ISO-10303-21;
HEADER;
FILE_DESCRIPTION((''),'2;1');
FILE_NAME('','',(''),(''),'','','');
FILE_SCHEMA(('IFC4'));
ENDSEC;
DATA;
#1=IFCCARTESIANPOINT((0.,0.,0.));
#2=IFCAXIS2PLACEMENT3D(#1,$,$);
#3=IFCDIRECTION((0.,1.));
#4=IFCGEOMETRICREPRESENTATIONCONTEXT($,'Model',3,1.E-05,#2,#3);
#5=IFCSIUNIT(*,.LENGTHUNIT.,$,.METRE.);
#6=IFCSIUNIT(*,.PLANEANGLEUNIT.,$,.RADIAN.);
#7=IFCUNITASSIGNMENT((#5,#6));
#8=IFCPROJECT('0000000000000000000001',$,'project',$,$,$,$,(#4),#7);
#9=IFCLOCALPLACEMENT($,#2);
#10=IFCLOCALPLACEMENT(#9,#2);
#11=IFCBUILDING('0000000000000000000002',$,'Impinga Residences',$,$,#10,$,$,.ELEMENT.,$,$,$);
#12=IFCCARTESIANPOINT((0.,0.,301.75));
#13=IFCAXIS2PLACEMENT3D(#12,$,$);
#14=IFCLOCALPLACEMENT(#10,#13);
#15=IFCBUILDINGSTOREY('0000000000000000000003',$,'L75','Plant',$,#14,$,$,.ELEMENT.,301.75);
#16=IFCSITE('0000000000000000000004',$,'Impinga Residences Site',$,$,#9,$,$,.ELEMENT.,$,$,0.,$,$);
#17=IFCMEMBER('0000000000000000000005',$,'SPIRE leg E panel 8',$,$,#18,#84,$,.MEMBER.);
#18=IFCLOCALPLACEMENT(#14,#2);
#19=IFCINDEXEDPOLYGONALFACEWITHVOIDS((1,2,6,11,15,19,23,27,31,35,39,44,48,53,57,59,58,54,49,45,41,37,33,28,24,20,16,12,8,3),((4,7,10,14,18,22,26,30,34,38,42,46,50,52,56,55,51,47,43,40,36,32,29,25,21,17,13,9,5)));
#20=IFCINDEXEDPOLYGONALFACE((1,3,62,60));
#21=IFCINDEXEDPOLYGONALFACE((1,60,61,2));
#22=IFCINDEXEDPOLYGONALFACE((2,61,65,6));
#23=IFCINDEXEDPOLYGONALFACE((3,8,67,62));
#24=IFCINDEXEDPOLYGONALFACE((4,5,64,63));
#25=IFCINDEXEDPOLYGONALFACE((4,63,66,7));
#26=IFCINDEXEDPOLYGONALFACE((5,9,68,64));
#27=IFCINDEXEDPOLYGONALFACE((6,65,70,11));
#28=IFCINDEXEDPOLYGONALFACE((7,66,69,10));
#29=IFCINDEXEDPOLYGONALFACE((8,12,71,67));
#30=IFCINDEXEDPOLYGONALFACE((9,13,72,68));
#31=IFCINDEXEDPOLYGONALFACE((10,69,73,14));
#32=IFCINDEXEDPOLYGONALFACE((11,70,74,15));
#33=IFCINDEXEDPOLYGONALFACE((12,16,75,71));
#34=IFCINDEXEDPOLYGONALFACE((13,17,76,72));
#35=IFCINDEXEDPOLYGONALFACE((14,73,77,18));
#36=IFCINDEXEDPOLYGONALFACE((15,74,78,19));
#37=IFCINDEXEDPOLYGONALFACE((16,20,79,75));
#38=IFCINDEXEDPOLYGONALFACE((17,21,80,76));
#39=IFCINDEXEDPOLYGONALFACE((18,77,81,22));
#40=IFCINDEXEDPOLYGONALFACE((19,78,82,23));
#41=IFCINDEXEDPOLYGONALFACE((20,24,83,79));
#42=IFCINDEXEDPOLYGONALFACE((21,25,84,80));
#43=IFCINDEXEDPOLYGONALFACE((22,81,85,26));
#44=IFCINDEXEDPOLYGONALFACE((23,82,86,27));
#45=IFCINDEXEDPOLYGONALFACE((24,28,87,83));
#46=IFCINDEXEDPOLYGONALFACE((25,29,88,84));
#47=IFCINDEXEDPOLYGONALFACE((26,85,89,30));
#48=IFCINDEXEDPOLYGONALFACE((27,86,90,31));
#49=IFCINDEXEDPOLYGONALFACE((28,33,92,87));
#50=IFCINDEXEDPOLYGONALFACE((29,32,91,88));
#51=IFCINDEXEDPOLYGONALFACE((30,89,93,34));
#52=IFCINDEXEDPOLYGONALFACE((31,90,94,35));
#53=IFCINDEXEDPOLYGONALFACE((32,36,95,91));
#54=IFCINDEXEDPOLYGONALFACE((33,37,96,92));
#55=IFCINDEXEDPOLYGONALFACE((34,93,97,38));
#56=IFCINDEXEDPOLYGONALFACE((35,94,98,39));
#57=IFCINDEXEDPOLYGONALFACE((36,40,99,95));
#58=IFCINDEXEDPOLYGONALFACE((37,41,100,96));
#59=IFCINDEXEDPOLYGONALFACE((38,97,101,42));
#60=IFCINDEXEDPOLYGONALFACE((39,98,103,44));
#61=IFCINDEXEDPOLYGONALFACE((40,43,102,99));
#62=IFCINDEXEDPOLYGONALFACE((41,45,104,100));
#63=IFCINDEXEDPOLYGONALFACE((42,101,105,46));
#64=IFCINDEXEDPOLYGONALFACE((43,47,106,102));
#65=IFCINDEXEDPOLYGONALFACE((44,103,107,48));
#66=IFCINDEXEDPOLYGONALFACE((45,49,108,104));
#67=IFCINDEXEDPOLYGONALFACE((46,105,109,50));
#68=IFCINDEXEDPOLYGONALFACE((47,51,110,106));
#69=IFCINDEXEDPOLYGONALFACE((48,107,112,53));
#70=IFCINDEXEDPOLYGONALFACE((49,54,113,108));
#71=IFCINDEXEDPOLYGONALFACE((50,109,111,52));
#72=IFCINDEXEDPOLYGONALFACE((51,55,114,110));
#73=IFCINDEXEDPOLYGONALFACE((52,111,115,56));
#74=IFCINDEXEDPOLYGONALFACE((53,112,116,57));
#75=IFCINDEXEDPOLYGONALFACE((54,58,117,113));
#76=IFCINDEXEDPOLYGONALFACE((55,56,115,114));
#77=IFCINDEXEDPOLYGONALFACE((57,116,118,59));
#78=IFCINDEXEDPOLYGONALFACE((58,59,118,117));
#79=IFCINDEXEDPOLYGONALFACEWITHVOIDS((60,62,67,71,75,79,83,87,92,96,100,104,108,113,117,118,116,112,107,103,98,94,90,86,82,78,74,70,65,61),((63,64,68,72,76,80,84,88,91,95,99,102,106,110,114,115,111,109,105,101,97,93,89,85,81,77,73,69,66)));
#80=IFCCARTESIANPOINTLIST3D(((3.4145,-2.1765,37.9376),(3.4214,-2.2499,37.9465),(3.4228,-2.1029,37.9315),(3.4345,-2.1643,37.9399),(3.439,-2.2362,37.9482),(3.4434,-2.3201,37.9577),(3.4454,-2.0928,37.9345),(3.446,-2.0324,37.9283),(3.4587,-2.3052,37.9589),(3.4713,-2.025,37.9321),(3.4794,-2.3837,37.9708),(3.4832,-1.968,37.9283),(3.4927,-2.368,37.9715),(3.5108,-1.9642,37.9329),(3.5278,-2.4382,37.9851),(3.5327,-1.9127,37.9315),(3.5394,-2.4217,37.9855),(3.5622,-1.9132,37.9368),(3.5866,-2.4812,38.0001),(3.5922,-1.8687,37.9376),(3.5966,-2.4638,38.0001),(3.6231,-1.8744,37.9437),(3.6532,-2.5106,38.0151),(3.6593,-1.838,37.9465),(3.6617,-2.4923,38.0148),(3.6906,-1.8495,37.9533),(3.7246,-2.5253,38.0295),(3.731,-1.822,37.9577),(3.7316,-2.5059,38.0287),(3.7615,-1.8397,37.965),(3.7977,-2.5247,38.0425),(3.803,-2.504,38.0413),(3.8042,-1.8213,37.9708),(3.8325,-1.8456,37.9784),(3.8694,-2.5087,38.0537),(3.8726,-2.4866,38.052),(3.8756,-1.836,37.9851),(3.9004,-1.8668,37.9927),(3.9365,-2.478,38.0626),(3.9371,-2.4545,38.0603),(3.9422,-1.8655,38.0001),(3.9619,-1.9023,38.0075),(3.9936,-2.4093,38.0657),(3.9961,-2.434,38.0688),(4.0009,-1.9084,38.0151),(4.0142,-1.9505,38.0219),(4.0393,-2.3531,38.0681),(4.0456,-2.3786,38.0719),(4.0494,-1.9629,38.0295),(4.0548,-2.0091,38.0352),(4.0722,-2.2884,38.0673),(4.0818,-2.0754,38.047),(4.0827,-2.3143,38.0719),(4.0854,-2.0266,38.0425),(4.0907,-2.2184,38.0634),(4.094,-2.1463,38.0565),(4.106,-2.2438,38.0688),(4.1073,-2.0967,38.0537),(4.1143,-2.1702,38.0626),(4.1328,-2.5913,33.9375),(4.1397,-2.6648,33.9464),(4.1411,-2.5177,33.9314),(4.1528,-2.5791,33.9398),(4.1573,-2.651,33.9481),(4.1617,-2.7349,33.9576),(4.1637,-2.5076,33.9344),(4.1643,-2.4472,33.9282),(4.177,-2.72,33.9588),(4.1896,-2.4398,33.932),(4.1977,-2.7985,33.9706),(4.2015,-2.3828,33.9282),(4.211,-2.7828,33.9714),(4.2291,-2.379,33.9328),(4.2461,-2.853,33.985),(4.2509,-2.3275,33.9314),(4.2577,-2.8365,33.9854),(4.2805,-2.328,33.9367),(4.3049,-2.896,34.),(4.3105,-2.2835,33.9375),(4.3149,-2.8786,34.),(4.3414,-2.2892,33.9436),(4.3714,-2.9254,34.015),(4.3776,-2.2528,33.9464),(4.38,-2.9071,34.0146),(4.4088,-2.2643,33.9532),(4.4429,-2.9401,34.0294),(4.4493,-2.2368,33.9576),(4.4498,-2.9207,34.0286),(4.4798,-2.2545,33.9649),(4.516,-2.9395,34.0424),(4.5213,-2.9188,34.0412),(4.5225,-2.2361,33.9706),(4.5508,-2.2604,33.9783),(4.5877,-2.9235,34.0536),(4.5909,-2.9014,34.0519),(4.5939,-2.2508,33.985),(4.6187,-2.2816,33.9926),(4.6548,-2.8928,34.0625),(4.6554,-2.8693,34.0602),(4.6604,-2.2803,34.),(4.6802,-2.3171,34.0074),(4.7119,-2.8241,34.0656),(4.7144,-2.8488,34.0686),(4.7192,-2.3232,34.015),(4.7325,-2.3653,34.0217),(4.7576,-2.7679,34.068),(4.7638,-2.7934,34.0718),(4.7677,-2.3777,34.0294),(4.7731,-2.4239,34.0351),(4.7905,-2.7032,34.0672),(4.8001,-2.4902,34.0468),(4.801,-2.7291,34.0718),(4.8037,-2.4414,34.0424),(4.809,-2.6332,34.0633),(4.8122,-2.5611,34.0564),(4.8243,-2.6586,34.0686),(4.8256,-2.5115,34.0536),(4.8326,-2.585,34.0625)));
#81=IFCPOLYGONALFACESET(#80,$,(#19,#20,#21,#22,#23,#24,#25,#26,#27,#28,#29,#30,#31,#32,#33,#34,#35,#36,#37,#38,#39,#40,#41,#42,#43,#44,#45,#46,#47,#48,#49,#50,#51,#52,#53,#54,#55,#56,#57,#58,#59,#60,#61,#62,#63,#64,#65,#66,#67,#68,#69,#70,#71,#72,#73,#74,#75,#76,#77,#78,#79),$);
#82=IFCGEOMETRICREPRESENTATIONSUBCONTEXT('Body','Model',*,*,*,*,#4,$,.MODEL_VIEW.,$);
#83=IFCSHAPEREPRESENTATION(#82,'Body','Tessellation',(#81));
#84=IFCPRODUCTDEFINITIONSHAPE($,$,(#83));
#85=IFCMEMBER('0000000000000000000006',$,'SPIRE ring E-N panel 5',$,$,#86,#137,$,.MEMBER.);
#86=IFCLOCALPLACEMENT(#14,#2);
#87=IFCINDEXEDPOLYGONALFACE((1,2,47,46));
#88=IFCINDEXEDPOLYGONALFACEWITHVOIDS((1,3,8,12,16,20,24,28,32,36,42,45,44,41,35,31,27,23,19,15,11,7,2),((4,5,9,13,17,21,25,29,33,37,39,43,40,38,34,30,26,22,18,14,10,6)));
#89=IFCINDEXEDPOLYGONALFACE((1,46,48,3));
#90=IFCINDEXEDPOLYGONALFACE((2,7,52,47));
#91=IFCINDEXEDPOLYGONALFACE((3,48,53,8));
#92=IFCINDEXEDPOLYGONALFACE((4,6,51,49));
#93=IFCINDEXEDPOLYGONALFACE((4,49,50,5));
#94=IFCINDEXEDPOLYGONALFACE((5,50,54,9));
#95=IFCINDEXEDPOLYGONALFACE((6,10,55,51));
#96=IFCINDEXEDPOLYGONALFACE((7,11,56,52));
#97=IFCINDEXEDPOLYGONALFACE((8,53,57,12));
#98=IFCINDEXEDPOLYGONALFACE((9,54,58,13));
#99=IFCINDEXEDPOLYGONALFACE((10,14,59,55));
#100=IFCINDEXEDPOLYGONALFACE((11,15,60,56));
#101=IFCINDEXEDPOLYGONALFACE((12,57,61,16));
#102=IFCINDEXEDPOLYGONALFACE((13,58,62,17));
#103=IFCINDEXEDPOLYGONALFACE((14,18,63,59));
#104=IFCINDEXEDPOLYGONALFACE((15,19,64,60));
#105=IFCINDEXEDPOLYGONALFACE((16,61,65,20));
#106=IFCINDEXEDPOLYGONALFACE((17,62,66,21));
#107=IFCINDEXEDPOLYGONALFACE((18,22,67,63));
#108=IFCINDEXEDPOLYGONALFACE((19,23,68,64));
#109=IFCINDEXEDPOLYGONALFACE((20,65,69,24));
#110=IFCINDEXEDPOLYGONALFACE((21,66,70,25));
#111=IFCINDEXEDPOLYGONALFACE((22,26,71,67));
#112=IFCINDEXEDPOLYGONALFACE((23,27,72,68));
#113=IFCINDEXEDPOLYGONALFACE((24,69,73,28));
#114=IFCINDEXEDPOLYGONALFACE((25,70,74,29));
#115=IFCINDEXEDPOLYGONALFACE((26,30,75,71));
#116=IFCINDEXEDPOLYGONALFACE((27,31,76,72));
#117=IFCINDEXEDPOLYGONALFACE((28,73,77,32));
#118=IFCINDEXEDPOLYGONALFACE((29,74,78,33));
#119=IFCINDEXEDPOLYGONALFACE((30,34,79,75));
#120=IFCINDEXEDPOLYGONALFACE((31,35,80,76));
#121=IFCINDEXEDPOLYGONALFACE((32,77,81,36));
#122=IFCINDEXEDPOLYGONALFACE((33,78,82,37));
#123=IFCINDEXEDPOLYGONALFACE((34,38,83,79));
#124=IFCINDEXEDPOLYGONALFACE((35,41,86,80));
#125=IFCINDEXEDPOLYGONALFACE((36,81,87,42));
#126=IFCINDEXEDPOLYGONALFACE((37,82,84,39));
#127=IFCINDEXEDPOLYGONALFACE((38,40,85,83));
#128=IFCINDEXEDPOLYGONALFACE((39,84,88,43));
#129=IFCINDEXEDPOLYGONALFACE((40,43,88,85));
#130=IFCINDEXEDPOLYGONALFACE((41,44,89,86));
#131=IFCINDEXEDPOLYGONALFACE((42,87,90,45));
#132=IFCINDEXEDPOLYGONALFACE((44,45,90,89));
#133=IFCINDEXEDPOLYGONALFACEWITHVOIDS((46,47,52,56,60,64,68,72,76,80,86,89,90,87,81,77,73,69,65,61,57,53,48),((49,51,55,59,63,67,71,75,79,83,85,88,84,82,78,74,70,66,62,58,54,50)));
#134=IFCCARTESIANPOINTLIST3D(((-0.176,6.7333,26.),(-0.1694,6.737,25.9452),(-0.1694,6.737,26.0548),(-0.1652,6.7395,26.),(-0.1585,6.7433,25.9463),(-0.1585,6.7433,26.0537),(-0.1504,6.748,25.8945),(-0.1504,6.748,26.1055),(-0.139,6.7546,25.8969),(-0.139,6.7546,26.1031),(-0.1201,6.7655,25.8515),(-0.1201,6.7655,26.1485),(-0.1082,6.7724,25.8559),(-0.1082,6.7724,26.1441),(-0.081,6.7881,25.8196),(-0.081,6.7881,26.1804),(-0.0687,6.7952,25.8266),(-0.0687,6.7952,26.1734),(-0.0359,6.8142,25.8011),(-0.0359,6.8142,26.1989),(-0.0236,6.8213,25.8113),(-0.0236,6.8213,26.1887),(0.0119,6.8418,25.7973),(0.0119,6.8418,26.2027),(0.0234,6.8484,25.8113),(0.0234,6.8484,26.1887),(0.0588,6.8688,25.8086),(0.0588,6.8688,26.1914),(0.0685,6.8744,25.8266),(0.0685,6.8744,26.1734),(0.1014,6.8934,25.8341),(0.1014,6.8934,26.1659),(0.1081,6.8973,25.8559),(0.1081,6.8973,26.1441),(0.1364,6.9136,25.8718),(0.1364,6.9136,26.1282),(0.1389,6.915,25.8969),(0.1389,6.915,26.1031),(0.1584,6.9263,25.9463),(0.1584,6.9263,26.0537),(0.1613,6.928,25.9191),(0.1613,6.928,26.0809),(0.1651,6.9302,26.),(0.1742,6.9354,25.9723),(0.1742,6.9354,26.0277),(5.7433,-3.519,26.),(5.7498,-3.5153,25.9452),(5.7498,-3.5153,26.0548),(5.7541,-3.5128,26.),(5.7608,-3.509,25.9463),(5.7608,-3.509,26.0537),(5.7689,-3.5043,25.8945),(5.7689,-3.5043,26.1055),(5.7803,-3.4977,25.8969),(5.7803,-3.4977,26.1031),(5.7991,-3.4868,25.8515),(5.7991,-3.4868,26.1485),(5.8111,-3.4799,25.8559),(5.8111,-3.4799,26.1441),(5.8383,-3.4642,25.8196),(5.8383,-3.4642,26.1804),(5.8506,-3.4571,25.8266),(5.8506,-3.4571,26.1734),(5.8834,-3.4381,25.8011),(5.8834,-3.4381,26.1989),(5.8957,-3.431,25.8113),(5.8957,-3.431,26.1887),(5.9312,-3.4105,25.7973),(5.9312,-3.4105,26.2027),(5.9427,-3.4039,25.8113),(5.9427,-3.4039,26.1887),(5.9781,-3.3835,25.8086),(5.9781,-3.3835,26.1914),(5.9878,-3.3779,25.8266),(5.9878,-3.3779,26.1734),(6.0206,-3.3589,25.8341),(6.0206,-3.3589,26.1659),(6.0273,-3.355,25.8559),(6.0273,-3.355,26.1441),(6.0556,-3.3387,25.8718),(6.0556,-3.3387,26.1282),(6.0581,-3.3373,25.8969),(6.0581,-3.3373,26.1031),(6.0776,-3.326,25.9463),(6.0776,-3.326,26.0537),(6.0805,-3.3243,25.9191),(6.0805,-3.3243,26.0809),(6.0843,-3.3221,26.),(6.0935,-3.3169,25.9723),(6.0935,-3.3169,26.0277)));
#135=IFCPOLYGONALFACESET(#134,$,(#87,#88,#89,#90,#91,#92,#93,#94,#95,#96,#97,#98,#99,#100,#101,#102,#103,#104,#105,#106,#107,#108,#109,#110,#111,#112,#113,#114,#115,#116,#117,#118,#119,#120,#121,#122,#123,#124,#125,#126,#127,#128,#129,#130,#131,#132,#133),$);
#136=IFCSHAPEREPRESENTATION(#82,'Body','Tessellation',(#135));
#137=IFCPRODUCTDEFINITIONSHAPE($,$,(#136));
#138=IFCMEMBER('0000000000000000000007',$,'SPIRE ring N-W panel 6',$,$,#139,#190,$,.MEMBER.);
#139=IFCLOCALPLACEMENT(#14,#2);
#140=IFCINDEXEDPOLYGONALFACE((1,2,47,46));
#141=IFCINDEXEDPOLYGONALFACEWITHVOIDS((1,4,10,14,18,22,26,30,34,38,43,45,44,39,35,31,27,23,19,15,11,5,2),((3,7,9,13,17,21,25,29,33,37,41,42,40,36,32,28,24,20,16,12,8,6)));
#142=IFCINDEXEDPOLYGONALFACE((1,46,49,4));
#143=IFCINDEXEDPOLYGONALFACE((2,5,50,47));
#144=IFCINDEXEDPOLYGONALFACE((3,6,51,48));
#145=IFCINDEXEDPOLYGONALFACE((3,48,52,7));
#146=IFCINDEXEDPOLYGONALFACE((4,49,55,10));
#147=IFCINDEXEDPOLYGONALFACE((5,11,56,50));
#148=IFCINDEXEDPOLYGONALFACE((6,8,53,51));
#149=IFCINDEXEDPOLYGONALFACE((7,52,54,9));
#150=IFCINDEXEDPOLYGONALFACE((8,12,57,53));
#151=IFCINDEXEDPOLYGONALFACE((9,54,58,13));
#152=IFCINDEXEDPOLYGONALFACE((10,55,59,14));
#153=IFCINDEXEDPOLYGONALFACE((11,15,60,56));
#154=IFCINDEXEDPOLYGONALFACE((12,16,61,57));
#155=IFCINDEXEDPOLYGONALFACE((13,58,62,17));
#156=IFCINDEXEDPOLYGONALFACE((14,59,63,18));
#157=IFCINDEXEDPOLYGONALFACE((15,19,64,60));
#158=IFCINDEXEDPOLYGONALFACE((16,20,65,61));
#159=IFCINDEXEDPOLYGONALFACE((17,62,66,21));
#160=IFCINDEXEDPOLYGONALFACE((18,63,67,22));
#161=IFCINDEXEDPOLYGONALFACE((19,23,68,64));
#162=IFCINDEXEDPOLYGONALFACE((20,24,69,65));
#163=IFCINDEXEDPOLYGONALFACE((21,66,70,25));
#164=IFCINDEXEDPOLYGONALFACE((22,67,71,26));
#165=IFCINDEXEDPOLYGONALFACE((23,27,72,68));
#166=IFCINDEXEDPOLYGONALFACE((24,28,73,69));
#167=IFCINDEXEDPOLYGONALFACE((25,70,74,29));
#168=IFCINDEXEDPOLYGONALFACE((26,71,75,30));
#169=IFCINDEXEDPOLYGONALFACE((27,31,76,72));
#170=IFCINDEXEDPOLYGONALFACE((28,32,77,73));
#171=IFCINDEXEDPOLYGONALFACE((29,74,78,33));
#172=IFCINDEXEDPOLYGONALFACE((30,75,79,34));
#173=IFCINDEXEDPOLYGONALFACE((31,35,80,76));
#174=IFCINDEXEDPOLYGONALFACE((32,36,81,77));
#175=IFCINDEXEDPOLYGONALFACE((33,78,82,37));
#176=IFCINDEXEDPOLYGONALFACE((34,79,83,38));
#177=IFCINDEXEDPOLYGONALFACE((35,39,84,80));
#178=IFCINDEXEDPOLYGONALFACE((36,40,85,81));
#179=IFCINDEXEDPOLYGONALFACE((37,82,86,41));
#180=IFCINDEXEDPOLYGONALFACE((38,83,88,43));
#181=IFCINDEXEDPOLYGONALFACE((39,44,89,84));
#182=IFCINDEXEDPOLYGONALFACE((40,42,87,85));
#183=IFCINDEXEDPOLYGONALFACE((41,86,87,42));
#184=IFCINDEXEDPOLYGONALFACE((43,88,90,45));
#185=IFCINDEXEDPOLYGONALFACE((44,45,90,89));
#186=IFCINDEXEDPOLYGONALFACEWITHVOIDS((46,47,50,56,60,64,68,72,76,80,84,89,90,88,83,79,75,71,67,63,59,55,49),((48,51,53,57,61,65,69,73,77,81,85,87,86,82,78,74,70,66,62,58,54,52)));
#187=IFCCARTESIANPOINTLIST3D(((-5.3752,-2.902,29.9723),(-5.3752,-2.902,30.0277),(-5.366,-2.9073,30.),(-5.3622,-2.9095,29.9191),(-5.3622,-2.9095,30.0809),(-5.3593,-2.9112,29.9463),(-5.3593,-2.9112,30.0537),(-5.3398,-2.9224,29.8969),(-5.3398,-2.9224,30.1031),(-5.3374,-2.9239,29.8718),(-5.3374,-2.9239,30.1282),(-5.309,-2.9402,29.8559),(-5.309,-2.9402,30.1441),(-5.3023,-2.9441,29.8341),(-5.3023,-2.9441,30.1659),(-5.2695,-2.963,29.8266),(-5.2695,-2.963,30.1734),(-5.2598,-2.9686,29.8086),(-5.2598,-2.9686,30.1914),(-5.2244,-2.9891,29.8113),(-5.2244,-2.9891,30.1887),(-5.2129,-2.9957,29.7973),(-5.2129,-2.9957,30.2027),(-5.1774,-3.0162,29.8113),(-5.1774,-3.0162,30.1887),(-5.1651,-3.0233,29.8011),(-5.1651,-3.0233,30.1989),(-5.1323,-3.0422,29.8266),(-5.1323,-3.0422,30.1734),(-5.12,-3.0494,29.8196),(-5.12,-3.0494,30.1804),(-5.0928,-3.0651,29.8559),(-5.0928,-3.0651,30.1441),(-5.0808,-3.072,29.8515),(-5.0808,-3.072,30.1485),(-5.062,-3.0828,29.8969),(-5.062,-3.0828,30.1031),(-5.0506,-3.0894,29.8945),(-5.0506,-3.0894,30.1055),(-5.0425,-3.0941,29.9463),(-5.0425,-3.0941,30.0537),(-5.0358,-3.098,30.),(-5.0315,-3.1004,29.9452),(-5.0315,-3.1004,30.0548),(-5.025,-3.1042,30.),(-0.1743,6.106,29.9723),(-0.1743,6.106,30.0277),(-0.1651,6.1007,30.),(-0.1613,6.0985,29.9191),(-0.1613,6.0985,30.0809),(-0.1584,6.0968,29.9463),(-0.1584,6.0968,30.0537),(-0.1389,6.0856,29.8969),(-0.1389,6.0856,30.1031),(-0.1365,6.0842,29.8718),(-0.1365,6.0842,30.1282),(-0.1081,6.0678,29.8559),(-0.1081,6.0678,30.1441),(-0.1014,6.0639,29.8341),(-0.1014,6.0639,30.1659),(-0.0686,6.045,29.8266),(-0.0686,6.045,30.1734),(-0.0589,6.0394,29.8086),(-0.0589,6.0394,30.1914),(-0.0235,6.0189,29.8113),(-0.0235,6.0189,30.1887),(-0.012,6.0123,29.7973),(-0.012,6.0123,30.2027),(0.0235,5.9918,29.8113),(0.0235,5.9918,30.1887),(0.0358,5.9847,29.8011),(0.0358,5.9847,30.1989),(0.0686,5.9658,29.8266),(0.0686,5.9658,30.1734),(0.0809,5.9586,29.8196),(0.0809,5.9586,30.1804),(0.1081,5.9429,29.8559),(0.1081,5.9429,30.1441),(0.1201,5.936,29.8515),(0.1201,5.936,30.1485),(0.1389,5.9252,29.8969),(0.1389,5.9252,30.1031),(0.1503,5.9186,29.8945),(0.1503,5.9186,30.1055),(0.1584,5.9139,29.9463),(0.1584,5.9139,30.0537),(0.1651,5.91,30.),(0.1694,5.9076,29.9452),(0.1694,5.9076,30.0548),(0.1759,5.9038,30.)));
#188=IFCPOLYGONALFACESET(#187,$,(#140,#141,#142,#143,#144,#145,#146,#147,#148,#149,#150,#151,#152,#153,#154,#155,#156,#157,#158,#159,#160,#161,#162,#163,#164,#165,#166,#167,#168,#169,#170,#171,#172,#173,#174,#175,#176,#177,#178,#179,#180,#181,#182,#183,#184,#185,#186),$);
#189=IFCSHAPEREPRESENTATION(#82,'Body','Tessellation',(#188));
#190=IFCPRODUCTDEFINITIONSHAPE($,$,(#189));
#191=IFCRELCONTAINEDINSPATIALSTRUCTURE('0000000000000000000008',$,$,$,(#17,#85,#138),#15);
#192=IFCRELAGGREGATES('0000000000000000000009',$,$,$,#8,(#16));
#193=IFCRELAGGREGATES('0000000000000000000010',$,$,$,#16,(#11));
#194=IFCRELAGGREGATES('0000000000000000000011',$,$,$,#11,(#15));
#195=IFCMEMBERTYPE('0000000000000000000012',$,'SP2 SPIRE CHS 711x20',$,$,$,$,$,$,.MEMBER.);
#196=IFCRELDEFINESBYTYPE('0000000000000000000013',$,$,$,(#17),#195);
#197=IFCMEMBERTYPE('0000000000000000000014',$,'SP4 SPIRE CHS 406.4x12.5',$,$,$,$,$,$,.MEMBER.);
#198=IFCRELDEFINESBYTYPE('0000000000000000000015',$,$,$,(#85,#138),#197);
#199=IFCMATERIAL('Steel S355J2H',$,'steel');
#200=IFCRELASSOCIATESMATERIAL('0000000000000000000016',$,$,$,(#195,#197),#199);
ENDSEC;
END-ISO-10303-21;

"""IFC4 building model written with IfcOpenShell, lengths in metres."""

from ifc_helpers import new_model, si_unit, direction, frame, origin, origin_2d, place, context, subcontext, project, spatial, hollow_circle, extrude, material, material_profile, profile_set, type_object, element, save


model = new_model("IFC4")

# Units and contexts
model_context = context("Model", 3, precision=1e-05, world=origin(), true_north=direction((0.0, 1.0)))
body_context = subcontext(model_context, "Body", "Model", "MODEL_VIEW")
ifc_project = project(units=[si_unit("LENGTHUNIT", "METRE"), si_unit("PLANEANGLEUNIT", "RADIAN")], contexts=[model_context])

# Site, building, storey
site_placement = place(None, origin())
site = spatial("IfcSite", under=ifc_project, at=site_placement, Name="Impinga Residences Site", CompositionType="ELEMENT", RefElevation=0.0)
building_placement = place(site_placement, origin())
building = spatial("IfcBuilding", under=site, at=building_placement, Name="Impinga Residences", CompositionType="ELEMENT")
storey_placement = place(building_placement, frame((0.0, 0.0, 301.75)))
storey = spatial("IfcBuildingStorey", under=building, at=storey_placement, Name="L75", Description="Plant", CompositionType="ELEMENT", Elevation=301.75)

# Members
ifc_material = material(Name="Steel S355J2H", Category="steel")
ifc_material_profile_1 = material_profile(ifc_material, hollow_circle(Radius=0.3555, WallThickness=0.02, at=origin_2d()), Name="CHS 711x20")
ifc_profile_set_1 = profile_set([ifc_material_profile_1], Name="Steel S355J2H")
member_type_1 = type_object("IfcMemberType", Name="SP2 SPIRE CHS 711x20", PredefinedType="MEMBER", material=ifc_profile_set_1)
for number, where, z_axis, x_axis, name in (
    (1, (4.4827, -2.5881, 34.0), (-0.175825, 0.101539, 0.979171), (-0.500096, -0.86597, 0.0), "SPIRE leg E panel 8"),
):
    element("IfcMember", number, at=place(storey_placement, frame(where, z_axis=z_axis, x_axis=x_axis)), inside=storey, type_object=member_type_1, Name=name, PredefinedType="MEMBER", context=body_context, shape_type="SweptSolid", body=[
        extrude(hollow_circle(Radius=0.3555, WallThickness=0.02, at=origin_2d()), origin(), (0.0, 0.0, 1.0), 4.0852),
    ])
ifc_material_profile_2 = material_profile(ifc_material, hollow_circle(Radius=0.2031, WallThickness=0.0125, at=origin_2d()), Name="CHS 406.4x12.5")
ifc_profile_set_2 = profile_set([ifc_material_profile_2], Name="Steel S355J2H")
member_type_2 = type_object("IfcMemberType", Name="SP4 SPIRE CHS 406.4x12.5", PredefinedType="MEMBER", material=ifc_profile_set_2)
member_1_placement = place(storey_placement, frame((5.9192, -3.4175, 26.0), z_axis=(-0.500005, 0.866022, 0.0), x_axis=(-0.866022, -0.500005, 0.0)))
element("IfcMember", 2, at=member_1_placement, inside=storey, type_object=member_type_2, Name="SPIRE ring E-N panel 5", PredefinedType="MEMBER", context=body_context, shape_type="SweptSolid", body=[
    extrude(hollow_circle(Radius=0.2031, WallThickness=0.0125, at=origin_2d()), origin(), (0.0, 0.0, 1.0), 11.8384),
])
member_2_placement = place(storey_placement, frame((0.0, 6.0054, 30.0), z_axis=(-0.500009, -0.86602, 0.0), x_axis=(0.86602, -0.500009, 0.0)))
element("IfcMember", 3, at=member_2_placement, inside=storey, type_object=member_type_2, Name="SPIRE ring N-W panel 6", PredefinedType="MEMBER", context=body_context, shape_type="SweptSolid", body=[
    extrude(hollow_circle(Radius=0.2031, WallThickness=0.0125, at=origin_2d()), origin(), (0.0, 0.0, 1.0), 10.4016),
])

save(model, "model.ifc")
